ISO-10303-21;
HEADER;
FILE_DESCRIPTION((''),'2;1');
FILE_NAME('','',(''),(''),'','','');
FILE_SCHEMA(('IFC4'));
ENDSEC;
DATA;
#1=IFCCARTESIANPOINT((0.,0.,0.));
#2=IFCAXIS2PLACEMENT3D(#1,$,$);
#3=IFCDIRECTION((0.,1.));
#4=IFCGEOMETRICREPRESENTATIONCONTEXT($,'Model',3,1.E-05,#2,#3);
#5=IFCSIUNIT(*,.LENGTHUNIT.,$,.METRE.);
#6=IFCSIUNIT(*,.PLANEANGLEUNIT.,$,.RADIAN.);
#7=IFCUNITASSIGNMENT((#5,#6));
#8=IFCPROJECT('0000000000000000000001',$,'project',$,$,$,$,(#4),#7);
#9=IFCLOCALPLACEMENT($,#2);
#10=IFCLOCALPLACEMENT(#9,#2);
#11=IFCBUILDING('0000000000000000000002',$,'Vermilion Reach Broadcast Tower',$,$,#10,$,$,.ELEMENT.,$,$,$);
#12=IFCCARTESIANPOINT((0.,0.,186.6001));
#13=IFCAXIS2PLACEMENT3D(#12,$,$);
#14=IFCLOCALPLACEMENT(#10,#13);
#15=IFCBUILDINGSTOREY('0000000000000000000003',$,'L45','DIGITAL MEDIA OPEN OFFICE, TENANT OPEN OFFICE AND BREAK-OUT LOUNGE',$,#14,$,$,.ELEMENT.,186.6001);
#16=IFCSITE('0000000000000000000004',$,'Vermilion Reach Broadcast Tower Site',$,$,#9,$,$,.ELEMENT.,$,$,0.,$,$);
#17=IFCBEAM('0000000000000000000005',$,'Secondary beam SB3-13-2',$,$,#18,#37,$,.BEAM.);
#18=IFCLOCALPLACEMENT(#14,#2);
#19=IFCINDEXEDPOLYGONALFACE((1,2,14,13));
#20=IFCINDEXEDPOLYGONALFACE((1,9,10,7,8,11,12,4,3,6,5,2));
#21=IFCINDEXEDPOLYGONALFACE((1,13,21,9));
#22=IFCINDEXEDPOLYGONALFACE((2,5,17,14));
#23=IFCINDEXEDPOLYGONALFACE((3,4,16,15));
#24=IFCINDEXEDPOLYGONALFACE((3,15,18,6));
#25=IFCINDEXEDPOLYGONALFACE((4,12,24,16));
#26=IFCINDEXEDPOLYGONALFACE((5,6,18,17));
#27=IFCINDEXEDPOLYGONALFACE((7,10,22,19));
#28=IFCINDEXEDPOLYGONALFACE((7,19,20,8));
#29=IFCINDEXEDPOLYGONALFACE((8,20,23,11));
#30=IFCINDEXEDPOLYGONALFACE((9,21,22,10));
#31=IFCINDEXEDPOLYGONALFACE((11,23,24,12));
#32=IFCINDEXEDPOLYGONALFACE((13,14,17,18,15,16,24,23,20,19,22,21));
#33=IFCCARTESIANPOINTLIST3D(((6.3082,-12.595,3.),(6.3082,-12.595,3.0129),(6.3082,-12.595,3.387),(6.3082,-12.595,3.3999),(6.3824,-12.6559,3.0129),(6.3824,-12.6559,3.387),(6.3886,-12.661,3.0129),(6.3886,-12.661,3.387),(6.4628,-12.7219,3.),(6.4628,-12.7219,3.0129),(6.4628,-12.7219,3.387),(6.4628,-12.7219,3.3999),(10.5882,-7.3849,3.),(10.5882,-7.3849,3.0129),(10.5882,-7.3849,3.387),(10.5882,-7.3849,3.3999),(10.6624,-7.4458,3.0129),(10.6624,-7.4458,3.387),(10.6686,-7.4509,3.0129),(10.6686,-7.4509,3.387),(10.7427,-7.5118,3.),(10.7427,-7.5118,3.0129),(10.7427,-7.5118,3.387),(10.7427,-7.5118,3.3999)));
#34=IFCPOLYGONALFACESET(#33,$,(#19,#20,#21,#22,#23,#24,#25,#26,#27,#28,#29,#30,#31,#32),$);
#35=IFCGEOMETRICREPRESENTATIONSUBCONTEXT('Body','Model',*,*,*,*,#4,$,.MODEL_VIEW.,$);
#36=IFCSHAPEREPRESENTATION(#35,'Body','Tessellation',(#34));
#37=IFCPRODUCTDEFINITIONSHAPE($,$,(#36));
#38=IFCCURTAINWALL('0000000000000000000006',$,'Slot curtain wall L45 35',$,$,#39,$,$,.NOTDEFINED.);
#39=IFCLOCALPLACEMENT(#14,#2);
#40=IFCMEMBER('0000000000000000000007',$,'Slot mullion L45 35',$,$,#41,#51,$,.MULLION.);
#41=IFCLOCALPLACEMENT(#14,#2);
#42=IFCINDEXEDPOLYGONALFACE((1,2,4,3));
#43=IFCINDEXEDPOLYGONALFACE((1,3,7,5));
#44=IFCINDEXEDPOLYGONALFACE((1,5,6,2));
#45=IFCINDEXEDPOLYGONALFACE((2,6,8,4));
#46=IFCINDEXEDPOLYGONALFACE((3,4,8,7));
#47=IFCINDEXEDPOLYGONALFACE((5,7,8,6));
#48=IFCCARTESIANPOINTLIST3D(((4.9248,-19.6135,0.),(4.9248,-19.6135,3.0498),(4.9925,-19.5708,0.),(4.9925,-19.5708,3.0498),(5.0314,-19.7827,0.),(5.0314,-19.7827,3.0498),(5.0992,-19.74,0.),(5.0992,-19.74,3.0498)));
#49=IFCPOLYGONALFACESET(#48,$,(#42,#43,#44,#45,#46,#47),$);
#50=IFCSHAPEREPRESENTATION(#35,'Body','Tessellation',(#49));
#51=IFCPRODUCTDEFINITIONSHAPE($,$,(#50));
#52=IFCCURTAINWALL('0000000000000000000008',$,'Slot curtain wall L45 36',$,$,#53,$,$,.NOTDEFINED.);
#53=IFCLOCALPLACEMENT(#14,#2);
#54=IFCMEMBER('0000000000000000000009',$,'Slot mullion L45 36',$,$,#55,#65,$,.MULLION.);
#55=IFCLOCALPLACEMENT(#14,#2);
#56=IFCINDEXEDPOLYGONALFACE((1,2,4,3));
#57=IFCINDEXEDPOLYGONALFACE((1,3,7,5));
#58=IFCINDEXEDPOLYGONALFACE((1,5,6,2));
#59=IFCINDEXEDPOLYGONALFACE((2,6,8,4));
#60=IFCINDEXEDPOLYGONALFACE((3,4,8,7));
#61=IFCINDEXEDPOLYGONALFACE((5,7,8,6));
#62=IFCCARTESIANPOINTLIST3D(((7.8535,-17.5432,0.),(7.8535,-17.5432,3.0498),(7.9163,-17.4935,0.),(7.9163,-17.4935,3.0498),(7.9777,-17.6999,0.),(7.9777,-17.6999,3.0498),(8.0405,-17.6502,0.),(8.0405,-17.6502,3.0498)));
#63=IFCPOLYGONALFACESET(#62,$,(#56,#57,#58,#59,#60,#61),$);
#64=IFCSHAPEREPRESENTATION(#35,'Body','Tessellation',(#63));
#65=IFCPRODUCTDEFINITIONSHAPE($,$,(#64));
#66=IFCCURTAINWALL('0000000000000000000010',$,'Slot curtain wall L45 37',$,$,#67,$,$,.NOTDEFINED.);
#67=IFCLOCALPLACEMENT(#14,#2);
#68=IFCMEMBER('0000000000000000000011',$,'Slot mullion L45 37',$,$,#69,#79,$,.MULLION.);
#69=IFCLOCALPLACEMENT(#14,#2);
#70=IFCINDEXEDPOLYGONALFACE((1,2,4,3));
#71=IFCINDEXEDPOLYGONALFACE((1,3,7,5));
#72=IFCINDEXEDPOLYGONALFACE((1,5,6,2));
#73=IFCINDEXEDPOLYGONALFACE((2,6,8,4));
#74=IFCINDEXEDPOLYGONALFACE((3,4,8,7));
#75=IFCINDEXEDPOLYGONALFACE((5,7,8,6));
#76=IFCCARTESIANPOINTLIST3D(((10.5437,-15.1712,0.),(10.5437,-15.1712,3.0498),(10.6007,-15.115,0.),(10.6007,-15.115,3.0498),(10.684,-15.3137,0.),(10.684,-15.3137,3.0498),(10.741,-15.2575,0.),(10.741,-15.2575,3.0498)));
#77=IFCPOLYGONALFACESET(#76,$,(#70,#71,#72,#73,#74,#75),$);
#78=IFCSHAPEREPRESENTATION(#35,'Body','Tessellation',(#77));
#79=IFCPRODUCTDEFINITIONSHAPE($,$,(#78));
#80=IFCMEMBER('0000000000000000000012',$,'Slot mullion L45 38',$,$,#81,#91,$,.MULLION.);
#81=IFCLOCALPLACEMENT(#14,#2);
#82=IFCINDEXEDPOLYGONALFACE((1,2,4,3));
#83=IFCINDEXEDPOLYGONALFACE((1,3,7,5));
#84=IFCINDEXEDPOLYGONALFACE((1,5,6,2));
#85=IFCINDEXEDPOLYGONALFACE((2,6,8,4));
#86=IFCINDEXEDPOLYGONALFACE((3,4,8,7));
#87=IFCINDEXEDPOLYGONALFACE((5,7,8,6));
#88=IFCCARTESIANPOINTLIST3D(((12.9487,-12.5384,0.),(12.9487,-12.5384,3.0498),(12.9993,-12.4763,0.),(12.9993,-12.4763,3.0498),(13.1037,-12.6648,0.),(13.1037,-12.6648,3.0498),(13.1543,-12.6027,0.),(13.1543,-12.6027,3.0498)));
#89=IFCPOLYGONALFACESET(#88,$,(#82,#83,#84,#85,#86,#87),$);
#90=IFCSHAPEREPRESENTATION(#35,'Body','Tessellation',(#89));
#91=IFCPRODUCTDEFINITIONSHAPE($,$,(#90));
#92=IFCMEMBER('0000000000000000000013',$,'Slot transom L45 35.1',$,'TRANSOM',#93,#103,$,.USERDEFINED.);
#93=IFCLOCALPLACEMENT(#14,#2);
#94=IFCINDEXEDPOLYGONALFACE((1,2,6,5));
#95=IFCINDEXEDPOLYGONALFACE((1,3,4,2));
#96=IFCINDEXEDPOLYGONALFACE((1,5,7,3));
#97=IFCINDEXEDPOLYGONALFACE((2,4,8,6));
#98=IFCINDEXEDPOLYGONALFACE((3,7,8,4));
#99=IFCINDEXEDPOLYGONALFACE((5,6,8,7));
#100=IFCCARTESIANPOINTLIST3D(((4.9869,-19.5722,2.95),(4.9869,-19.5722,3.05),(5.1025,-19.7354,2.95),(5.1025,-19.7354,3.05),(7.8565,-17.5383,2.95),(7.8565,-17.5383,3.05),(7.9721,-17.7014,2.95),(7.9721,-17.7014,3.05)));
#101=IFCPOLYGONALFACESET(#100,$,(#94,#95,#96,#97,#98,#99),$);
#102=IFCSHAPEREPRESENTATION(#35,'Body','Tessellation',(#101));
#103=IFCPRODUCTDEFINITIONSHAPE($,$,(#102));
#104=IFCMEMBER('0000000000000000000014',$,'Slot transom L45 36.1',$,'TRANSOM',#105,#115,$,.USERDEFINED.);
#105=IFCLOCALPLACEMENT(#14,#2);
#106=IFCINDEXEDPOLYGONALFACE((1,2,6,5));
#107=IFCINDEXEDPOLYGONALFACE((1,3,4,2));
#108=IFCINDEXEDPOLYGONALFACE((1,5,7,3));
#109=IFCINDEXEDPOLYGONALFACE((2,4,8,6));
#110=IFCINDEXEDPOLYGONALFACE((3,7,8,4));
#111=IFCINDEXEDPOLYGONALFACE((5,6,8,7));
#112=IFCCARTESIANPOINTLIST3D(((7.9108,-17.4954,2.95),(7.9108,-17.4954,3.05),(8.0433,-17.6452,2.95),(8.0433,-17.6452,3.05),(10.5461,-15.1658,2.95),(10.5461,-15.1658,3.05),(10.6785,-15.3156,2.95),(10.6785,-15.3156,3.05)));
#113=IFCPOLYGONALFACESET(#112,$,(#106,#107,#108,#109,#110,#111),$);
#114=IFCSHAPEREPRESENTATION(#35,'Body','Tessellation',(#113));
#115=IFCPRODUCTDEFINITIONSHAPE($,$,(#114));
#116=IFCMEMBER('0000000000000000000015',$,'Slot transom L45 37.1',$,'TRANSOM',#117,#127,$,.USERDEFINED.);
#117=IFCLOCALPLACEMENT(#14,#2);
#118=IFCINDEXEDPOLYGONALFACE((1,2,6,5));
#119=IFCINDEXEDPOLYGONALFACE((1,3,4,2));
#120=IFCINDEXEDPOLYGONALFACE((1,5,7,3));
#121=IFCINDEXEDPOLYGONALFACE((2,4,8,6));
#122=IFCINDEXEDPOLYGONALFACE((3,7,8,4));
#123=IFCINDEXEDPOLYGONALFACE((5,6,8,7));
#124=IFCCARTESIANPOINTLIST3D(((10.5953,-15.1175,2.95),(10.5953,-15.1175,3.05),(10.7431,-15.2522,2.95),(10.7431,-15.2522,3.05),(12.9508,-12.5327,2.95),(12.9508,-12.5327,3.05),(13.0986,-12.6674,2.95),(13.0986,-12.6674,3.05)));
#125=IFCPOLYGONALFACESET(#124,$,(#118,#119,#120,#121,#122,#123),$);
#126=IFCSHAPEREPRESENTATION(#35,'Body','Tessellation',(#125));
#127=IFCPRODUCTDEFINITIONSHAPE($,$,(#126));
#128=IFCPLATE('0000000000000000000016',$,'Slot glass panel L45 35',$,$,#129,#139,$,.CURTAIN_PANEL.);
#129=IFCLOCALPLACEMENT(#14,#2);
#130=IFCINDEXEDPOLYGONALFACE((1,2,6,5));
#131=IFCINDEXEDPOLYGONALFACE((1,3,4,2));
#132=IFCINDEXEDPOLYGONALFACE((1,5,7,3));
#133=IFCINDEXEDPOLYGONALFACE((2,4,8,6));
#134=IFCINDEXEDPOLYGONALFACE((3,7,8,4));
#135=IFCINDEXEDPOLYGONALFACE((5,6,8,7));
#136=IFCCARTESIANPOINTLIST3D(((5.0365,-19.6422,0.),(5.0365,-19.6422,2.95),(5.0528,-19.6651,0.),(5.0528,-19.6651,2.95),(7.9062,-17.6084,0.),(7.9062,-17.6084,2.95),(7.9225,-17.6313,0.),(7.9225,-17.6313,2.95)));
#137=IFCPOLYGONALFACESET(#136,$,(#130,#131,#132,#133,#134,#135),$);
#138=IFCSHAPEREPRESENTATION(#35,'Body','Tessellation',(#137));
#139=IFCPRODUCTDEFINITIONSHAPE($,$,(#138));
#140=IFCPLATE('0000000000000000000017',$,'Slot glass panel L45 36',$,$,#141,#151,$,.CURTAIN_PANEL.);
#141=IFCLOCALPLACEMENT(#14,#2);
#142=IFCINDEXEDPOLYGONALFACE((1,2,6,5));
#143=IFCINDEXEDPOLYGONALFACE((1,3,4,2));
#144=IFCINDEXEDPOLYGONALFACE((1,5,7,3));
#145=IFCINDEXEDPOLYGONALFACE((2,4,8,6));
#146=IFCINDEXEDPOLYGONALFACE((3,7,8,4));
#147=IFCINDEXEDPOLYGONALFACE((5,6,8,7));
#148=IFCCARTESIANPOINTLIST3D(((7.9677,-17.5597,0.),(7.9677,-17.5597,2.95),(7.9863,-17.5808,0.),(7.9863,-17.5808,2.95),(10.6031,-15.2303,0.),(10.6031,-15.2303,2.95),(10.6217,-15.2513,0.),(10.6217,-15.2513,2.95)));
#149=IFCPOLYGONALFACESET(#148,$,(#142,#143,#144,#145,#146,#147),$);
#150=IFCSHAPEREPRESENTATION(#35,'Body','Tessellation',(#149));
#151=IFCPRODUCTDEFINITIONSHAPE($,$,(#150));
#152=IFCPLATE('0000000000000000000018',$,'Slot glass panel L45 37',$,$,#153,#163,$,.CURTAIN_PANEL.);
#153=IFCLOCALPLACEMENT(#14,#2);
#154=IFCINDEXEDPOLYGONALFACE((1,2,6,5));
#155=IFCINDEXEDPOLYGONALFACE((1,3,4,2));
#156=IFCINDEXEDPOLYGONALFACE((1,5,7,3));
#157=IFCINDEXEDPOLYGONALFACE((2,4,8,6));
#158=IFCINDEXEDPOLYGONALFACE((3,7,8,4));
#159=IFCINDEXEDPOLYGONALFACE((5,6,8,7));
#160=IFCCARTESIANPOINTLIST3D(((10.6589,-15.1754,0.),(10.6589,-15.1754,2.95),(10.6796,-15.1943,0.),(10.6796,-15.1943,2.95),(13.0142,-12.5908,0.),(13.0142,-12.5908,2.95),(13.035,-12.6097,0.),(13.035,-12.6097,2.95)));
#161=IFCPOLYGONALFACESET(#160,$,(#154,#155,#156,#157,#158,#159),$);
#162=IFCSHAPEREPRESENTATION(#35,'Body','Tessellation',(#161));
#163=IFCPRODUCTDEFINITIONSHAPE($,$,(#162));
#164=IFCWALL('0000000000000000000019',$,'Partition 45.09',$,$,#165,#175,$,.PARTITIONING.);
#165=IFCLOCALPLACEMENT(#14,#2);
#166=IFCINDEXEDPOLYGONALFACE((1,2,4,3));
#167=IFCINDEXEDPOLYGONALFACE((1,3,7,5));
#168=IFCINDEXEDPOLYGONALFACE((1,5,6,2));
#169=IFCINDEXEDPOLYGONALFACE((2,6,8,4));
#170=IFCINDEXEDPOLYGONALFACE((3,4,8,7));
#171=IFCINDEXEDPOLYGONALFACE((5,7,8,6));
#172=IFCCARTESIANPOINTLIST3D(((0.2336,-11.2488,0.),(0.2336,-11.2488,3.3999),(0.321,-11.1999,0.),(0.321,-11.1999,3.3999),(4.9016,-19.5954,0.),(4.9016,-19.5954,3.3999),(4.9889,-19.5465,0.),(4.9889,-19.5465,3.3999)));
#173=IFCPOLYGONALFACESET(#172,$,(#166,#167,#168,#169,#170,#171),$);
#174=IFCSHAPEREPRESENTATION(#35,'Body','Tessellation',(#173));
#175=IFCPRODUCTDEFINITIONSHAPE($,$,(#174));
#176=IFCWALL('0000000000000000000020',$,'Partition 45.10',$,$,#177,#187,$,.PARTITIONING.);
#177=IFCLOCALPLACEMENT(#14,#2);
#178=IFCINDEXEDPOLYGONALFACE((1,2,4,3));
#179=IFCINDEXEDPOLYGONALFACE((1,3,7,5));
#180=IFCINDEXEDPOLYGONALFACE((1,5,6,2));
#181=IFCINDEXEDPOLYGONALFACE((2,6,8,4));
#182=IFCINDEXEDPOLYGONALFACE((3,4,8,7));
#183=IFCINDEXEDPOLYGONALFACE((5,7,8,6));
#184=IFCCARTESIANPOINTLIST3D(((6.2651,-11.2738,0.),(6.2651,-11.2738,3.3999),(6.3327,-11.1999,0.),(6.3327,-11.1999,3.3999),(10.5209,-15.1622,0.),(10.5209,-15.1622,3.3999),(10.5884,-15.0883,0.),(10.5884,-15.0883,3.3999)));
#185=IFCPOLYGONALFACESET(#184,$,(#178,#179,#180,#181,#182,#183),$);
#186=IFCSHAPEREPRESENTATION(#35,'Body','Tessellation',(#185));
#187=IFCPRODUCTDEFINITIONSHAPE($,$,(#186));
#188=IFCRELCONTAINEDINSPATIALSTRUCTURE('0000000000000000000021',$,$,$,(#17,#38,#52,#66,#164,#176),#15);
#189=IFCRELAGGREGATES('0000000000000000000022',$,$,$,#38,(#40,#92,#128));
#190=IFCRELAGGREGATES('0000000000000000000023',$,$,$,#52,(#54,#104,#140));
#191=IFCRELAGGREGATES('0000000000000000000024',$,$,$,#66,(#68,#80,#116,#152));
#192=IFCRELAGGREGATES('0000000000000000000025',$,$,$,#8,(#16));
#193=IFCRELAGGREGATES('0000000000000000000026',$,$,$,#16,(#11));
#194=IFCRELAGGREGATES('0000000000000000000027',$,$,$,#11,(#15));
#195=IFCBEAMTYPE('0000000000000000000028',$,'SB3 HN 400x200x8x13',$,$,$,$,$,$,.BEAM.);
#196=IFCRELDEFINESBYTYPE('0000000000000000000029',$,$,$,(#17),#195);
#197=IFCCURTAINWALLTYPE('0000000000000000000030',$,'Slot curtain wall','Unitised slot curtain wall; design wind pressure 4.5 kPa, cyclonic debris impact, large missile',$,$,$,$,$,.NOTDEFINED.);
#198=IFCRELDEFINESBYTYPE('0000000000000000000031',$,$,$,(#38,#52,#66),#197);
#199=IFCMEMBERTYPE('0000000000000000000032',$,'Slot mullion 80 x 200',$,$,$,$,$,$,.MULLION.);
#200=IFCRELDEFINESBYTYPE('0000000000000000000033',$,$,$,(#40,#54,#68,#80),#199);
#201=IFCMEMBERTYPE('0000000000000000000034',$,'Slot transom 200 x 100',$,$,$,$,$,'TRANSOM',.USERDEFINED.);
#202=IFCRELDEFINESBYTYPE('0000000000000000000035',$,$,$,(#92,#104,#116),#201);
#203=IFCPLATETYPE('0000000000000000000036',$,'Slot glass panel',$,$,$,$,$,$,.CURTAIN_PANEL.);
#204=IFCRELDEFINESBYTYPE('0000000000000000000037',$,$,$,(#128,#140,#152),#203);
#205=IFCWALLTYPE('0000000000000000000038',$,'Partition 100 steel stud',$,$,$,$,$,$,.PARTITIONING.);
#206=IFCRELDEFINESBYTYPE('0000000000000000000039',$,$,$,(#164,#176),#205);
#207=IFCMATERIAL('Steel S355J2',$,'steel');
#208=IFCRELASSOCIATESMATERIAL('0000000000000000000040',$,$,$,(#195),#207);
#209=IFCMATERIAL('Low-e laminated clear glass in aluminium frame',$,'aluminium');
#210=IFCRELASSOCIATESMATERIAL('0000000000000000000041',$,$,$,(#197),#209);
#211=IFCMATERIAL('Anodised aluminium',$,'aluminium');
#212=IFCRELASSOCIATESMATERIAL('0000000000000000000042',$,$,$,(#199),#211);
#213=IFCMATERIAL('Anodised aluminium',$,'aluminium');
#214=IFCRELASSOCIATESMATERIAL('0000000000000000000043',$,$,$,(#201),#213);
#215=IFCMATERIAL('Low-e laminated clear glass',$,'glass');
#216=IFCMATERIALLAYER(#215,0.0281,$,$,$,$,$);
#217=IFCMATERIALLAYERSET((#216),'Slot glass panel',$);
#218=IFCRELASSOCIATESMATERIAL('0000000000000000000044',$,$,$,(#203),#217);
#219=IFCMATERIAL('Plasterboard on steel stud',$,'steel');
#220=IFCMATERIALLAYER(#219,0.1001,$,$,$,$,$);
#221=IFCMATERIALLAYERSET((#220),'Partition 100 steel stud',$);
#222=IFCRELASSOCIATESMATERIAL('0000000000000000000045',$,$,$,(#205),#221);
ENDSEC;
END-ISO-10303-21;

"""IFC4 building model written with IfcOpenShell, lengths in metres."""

from ifc_helpers import new_model, si_unit, direction, frame, frame_2d, origin, origin_2d, place, context, subcontext, project, spatial, rectangle, i_section, extrude, material, layer, layer_set, material_profile, profile_set, type_object, element, aggregate, save


model = new_model("IFC4")

# Units and contexts
model_context = context("Model", 3, precision=1e-05, world=origin(), true_north=direction((0.0, 1.0)))
body_context = subcontext(model_context, "Body", "Model", "MODEL_VIEW")
ifc_project = project(units=[si_unit("LENGTHUNIT", "METRE"), si_unit("PLANEANGLEUNIT", "RADIAN")], contexts=[model_context])

# Site, building, storey
site_placement = place(None, origin())
site = spatial("IfcSite", under=ifc_project, at=site_placement, Name="Vermilion Reach Broadcast Tower Site", CompositionType="ELEMENT", RefElevation=0.0)
building_placement = place(site_placement, origin())
building = spatial("IfcBuilding", under=site, at=building_placement, Name="Vermilion Reach Broadcast Tower", CompositionType="ELEMENT")
storey_placement = place(building_placement, frame((0.0, 0.0, 186.6001)))
storey = spatial("IfcBuildingStorey", under=building, at=storey_placement, Name="L45", Description="DIGITAL MEDIA OPEN OFFICE, TENANT OPEN OFFICE AND BREAK-OUT LOUNGE", CompositionType="ELEMENT", Elevation=186.6001)

# Beam
ifc_material_1 = material(Name="Steel S355J2", Category="steel")
ifc_material_profile_1 = material_profile(ifc_material_1, i_section(OverallWidth=0.2, OverallDepth=0.3999, WebThickness=0.0081, FlangeThickness=0.0129, at=origin_2d()), Name="S355J2 HN 400x200x8x13")
ifc_profile_set_1 = profile_set([ifc_material_profile_1], Name="Steel S355J2")
beam_type_1 = type_object("IfcBeamType", Name="SB3 HN 400x200x8x13", PredefinedType="BEAM", material=ifc_profile_set_1)
beam_1_placement = place(storey_placement, frame((6.3855, -12.6584, 3.2), z_axis=(0.634759, 0.77271, 0.0), x_axis=(-0.77271, 0.634759, 0.0)))
element("IfcBeam", 1, at=beam_1_placement, inside=storey, type_object=beam_type_1, Name="Secondary beam SB3-13-2", PredefinedType="BEAM", context=body_context, shape_type="SweptSolid", body=[
    extrude(i_section(OverallWidth=0.2, OverallDepth=0.3999, WebThickness=0.0081, FlangeThickness=0.0129, at=origin_2d()), origin(), (0.0, 0.0, 1.0), 6.7427),
])

# Curtain walls, members
ifc_material_2 = material(Name="Low-e laminated clear glass in aluminium frame", Category="aluminium")
curtain_wall_type = type_object("IfcCurtainWallType", Name="Slot curtain wall", Description="Unitised slot curtain wall; design wind pressure 4.5 kPa, cyclonic debris impact, large missile", PredefinedType="NOTDEFINED", material=ifc_material_2)
placement = place(storey_placement, origin())
curtain_wall_1 = element("IfcCurtainWall", 2, at=placement, inside=storey, type_object=curtain_wall_type, Name="Slot curtain wall L45 35", PredefinedType="NOTDEFINED")
ifc_material_3 = material(Name="Anodised aluminium", Category="aluminium")
ifc_material_profile_2 = material_profile(ifc_material_3, rectangle(XDim=0.2, YDim=0.0801, at=origin_2d()), Name="Slot mullion 80 x 200")
ifc_profile_set_2 = profile_set([ifc_material_profile_2], Name="Anodised aluminium")
member_type_1 = type_object("IfcMemberType", Name="Slot mullion 80 x 200", PredefinedType="MULLION", material=ifc_profile_set_2)
member_1_placement = place(storey_placement, frame((5.012, -19.6768, 0.0), z_axis=(0.0, 0.0, 1.0), x_axis=(-0.533379, 0.845876, 0.0)))
member_1 = element("IfcMember", 3, at=member_1_placement, type_object=member_type_1, Name="Slot mullion L45 35", PredefinedType="MULLION", context=body_context, shape_type="SweptSolid", body=[
    extrude(rectangle(XDim=0.2, YDim=0.0801, at=origin_2d()), origin(), (0.0, 0.0, 1.0), 3.0498),
])
curtain_wall_2 = element("IfcCurtainWall", 4, at=placement, inside=storey, type_object=curtain_wall_type, Name="Slot curtain wall L45 36", PredefinedType="NOTDEFINED")
member_2_placement = place(storey_placement, frame((7.947, -17.5967, 0.0), z_axis=(0.0, 0.0, 1.0), x_axis=(-0.621148, 0.783693, 0.0)))
member_2 = element("IfcMember", 5, at=member_2_placement, type_object=member_type_1, Name="Slot mullion L45 36", PredefinedType="MULLION", context=body_context, shape_type="SweptSolid", body=[
    extrude(rectangle(XDim=0.2, YDim=0.0801, at=origin_2d()), origin(), (0.0, 0.0, 1.0), 3.0498),
])

# Curtain wall, members
curtain_wall_3 = element("IfcCurtainWall", 6, at=placement, inside=storey, type_object=curtain_wall_type, Name="Slot curtain wall L45 37", PredefinedType="NOTDEFINED")
member_3_placement = place(storey_placement, frame((10.6423, -15.2144, 0.0), z_axis=(0.0, 0.0, 1.0), x_axis=(-0.70173, 0.712443, 0.0)))
member_3 = element("IfcMember", 7, at=member_3_placement, type_object=member_type_1, Name="Slot mullion L45 37", PredefinedType="MULLION", context=body_context, shape_type="SweptSolid", body=[
    extrude(rectangle(XDim=0.2, YDim=0.0801, at=origin_2d()), origin(), (0.0, 0.0, 1.0), 3.0498),
])
member_4_placement = place(storey_placement, frame((13.0515, -12.5706, 0.0), z_axis=(0.0, 0.0, 1.0), x_axis=(-0.774955, 0.632016, 0.0)))
member_4 = element("IfcMember", 8, at=member_4_placement, type_object=member_type_1, Name="Slot mullion L45 38", PredefinedType="MULLION", context=body_context, shape_type="SweptSolid", body=[
    extrude(rectangle(XDim=0.2, YDim=0.0801, at=origin_2d()), origin(), (0.0, 0.0, 1.0), 3.0498),
])

# Members
ifc_material_4 = material(Name="Anodised aluminium", Category="aluminium")
ifc_material_profile_3 = material_profile(ifc_material_4, rectangle(XDim=0.2, YDim=0.1001, at=origin_2d()), Name="Slot transom 200 x 100")
ifc_profile_set_3 = profile_set([ifc_material_profile_3], Name="Anodised aluminium")
member_type_2 = type_object("IfcMemberType", Name="Slot transom 200 x 100", ElementType="TRANSOM", PredefinedType="USERDEFINED", material=ifc_profile_set_3)
member_5_placement = place(storey_placement, frame((5.0447, -19.6538, 3.0), z_axis=(0.815853, 0.57826, 0.0), x_axis=(-0.57826, 0.815853, 0.0)))
member_5 = element("IfcMember", 9, at=member_5_placement, type_object=member_type_2, Name="Slot transom L45 35.1", ObjectType="TRANSOM", PredefinedType="USERDEFINED", context=body_context, shape_type="SweptSolid", body=[
    extrude(rectangle(XDim=0.2, YDim=0.1001, at=origin_2d()), origin(), (0.0, 0.0, 1.0), 3.5173),
])
member_6_placement = place(storey_placement, frame((7.9771, -17.5703, 3.0), z_axis=(0.749222, 0.662319, 0.0), x_axis=(-0.662319, 0.749222, 0.0)))
member_6 = element("IfcMember", 10, at=member_6_placement, type_object=member_type_2, Name="Slot transom L45 36.1", ObjectType="TRANSOM", PredefinedType="USERDEFINED", context=body_context, shape_type="SweptSolid", body=[
    extrude(rectangle(XDim=0.2, YDim=0.1001, at=origin_2d()), origin(), (0.0, 0.0, 1.0), 3.5173),
])
member_7_placement = place(storey_placement, frame((10.6692, -15.1848, 3.0), z_axis=(0.673569, 0.739125, 0.0), x_axis=(-0.739125, 0.673569, 0.0)))
member_7 = element("IfcMember", 11, at=member_7_placement, type_object=member_type_2, Name="Slot transom L45 37.1", ObjectType="TRANSOM", PredefinedType="USERDEFINED", context=body_context, shape_type="SweptSolid", body=[
    extrude(rectangle(XDim=0.2, YDim=0.1001, at=origin_2d()), origin(), (0.0, 0.0, 1.0), 3.4971),
])

# Plates
ifc_material_5 = material(Name="Low-e laminated clear glass", Category="glass")
ifc_layer_1 = layer(ifc_material_5, 0.0281)
ifc_layer_set_1 = layer_set([ifc_layer_1], Name="Slot glass panel")
plate_type = type_object("IfcPlateType", Name="Slot glass panel", PredefinedType="CURTAIN_PANEL", material=ifc_layer_set_1)
plate_1_placement = place(storey_placement, frame((6.4795, -18.6367, 0.0), z_axis=(0.0, 0.0, 1.0), x_axis=(0.815878, 0.578223, 0.0)))
plate_1 = element("IfcPlate", 12, at=plate_1_placement, type_object=plate_type, Name="Slot glass panel L45 35", PredefinedType="CURTAIN_PANEL", context=body_context, shape_type="SweptSolid", body=[
    extrude(rectangle(XDim=3.5173, YDim=0.0281, at=origin_2d()), origin(), (0.0, 0.0, 1.0), 2.95),
])
aggregate(curtain_wall_1, [member_1, member_5, plate_1])
plate_2_placement = place(storey_placement, frame((9.2947, -16.4055, 0.0), z_axis=(0.0, 0.0, 1.0), x_axis=(0.749253, 0.662284, 0.0)))
plate_2 = element("IfcPlate", 13, at=plate_2_placement, type_object=plate_type, Name="Slot glass panel L45 36", PredefinedType="CURTAIN_PANEL", context=body_context, shape_type="SweptSolid", body=[
    extrude(rectangle(XDim=3.5173, YDim=0.0281, at=origin_2d()), origin(), (0.0, 0.0, 1.0), 2.95),
])
aggregate(curtain_wall_2, [member_2, member_6, plate_2])
plate_3_placement = place(storey_placement, frame((11.8469, -13.8926, 0.0), z_axis=(0.0, 0.0, 1.0), x_axis=(0.67356, 0.739132, 0.0)))
plate_3 = element("IfcPlate", 14, at=plate_3_placement, type_object=plate_type, Name="Slot glass panel L45 37", PredefinedType="CURTAIN_PANEL", context=body_context, shape_type="SweptSolid", body=[
    extrude(rectangle(XDim=3.4968, YDim=0.0281, at=origin_2d()), origin(), (0.0, 0.0, 1.0), 2.95),
])
aggregate(curtain_wall_3, [member_3, member_4, member_7, plate_3])

# Walls
ifc_material_6 = material(Name="Plasterboard on steel stud", Category="steel")
ifc_layer_2 = layer(ifc_material_6, 0.1001)
ifc_layer_set_2 = layer_set([ifc_layer_2], Name="Partition 100 steel stud")
wall_type = type_object("IfcWallType", Name="Partition 100 steel stud", PredefinedType="PARTITIONING", material=ifc_layer_set_2)
wall_1_placement = place(storey_placement, frame((4.9453, -19.571, 0.0), z_axis=(0.0, 0.0, 1.0), x_axis=(-0.488112, 0.872781, 0.0)))
element("IfcWall", 15, at=wall_1_placement, inside=storey, type_object=wall_type, Name="Partition 45.09", PredefinedType="PARTITIONING", context=body_context, shape_type="SweptSolid", body=[
    extrude(rectangle(XDim=9.5632, YDim=0.1001, at=frame_2d((4.7817, 0.0))), origin(), (0.0, 0.0, 1.0), 3.3999),
])
wall_2_placement = place(storey_placement, frame((10.5547, -15.1252, 0.0), z_axis=(0.0, 0.0, 1.0), x_axis=(-0.738257, 0.674519, 0.0)))
element("IfcWall", 16, at=wall_2_placement, inside=storey, type_object=wall_type, Name="Partition 45.10", PredefinedType="PARTITIONING", context=body_context, shape_type="SweptSolid", body=[
    extrude(rectangle(XDim=5.7646, YDim=0.1001, at=frame_2d((2.8823, 0.0))), origin(), (0.0, 0.0, 1.0), 3.3999),
])

save(model, "model.ifc")
